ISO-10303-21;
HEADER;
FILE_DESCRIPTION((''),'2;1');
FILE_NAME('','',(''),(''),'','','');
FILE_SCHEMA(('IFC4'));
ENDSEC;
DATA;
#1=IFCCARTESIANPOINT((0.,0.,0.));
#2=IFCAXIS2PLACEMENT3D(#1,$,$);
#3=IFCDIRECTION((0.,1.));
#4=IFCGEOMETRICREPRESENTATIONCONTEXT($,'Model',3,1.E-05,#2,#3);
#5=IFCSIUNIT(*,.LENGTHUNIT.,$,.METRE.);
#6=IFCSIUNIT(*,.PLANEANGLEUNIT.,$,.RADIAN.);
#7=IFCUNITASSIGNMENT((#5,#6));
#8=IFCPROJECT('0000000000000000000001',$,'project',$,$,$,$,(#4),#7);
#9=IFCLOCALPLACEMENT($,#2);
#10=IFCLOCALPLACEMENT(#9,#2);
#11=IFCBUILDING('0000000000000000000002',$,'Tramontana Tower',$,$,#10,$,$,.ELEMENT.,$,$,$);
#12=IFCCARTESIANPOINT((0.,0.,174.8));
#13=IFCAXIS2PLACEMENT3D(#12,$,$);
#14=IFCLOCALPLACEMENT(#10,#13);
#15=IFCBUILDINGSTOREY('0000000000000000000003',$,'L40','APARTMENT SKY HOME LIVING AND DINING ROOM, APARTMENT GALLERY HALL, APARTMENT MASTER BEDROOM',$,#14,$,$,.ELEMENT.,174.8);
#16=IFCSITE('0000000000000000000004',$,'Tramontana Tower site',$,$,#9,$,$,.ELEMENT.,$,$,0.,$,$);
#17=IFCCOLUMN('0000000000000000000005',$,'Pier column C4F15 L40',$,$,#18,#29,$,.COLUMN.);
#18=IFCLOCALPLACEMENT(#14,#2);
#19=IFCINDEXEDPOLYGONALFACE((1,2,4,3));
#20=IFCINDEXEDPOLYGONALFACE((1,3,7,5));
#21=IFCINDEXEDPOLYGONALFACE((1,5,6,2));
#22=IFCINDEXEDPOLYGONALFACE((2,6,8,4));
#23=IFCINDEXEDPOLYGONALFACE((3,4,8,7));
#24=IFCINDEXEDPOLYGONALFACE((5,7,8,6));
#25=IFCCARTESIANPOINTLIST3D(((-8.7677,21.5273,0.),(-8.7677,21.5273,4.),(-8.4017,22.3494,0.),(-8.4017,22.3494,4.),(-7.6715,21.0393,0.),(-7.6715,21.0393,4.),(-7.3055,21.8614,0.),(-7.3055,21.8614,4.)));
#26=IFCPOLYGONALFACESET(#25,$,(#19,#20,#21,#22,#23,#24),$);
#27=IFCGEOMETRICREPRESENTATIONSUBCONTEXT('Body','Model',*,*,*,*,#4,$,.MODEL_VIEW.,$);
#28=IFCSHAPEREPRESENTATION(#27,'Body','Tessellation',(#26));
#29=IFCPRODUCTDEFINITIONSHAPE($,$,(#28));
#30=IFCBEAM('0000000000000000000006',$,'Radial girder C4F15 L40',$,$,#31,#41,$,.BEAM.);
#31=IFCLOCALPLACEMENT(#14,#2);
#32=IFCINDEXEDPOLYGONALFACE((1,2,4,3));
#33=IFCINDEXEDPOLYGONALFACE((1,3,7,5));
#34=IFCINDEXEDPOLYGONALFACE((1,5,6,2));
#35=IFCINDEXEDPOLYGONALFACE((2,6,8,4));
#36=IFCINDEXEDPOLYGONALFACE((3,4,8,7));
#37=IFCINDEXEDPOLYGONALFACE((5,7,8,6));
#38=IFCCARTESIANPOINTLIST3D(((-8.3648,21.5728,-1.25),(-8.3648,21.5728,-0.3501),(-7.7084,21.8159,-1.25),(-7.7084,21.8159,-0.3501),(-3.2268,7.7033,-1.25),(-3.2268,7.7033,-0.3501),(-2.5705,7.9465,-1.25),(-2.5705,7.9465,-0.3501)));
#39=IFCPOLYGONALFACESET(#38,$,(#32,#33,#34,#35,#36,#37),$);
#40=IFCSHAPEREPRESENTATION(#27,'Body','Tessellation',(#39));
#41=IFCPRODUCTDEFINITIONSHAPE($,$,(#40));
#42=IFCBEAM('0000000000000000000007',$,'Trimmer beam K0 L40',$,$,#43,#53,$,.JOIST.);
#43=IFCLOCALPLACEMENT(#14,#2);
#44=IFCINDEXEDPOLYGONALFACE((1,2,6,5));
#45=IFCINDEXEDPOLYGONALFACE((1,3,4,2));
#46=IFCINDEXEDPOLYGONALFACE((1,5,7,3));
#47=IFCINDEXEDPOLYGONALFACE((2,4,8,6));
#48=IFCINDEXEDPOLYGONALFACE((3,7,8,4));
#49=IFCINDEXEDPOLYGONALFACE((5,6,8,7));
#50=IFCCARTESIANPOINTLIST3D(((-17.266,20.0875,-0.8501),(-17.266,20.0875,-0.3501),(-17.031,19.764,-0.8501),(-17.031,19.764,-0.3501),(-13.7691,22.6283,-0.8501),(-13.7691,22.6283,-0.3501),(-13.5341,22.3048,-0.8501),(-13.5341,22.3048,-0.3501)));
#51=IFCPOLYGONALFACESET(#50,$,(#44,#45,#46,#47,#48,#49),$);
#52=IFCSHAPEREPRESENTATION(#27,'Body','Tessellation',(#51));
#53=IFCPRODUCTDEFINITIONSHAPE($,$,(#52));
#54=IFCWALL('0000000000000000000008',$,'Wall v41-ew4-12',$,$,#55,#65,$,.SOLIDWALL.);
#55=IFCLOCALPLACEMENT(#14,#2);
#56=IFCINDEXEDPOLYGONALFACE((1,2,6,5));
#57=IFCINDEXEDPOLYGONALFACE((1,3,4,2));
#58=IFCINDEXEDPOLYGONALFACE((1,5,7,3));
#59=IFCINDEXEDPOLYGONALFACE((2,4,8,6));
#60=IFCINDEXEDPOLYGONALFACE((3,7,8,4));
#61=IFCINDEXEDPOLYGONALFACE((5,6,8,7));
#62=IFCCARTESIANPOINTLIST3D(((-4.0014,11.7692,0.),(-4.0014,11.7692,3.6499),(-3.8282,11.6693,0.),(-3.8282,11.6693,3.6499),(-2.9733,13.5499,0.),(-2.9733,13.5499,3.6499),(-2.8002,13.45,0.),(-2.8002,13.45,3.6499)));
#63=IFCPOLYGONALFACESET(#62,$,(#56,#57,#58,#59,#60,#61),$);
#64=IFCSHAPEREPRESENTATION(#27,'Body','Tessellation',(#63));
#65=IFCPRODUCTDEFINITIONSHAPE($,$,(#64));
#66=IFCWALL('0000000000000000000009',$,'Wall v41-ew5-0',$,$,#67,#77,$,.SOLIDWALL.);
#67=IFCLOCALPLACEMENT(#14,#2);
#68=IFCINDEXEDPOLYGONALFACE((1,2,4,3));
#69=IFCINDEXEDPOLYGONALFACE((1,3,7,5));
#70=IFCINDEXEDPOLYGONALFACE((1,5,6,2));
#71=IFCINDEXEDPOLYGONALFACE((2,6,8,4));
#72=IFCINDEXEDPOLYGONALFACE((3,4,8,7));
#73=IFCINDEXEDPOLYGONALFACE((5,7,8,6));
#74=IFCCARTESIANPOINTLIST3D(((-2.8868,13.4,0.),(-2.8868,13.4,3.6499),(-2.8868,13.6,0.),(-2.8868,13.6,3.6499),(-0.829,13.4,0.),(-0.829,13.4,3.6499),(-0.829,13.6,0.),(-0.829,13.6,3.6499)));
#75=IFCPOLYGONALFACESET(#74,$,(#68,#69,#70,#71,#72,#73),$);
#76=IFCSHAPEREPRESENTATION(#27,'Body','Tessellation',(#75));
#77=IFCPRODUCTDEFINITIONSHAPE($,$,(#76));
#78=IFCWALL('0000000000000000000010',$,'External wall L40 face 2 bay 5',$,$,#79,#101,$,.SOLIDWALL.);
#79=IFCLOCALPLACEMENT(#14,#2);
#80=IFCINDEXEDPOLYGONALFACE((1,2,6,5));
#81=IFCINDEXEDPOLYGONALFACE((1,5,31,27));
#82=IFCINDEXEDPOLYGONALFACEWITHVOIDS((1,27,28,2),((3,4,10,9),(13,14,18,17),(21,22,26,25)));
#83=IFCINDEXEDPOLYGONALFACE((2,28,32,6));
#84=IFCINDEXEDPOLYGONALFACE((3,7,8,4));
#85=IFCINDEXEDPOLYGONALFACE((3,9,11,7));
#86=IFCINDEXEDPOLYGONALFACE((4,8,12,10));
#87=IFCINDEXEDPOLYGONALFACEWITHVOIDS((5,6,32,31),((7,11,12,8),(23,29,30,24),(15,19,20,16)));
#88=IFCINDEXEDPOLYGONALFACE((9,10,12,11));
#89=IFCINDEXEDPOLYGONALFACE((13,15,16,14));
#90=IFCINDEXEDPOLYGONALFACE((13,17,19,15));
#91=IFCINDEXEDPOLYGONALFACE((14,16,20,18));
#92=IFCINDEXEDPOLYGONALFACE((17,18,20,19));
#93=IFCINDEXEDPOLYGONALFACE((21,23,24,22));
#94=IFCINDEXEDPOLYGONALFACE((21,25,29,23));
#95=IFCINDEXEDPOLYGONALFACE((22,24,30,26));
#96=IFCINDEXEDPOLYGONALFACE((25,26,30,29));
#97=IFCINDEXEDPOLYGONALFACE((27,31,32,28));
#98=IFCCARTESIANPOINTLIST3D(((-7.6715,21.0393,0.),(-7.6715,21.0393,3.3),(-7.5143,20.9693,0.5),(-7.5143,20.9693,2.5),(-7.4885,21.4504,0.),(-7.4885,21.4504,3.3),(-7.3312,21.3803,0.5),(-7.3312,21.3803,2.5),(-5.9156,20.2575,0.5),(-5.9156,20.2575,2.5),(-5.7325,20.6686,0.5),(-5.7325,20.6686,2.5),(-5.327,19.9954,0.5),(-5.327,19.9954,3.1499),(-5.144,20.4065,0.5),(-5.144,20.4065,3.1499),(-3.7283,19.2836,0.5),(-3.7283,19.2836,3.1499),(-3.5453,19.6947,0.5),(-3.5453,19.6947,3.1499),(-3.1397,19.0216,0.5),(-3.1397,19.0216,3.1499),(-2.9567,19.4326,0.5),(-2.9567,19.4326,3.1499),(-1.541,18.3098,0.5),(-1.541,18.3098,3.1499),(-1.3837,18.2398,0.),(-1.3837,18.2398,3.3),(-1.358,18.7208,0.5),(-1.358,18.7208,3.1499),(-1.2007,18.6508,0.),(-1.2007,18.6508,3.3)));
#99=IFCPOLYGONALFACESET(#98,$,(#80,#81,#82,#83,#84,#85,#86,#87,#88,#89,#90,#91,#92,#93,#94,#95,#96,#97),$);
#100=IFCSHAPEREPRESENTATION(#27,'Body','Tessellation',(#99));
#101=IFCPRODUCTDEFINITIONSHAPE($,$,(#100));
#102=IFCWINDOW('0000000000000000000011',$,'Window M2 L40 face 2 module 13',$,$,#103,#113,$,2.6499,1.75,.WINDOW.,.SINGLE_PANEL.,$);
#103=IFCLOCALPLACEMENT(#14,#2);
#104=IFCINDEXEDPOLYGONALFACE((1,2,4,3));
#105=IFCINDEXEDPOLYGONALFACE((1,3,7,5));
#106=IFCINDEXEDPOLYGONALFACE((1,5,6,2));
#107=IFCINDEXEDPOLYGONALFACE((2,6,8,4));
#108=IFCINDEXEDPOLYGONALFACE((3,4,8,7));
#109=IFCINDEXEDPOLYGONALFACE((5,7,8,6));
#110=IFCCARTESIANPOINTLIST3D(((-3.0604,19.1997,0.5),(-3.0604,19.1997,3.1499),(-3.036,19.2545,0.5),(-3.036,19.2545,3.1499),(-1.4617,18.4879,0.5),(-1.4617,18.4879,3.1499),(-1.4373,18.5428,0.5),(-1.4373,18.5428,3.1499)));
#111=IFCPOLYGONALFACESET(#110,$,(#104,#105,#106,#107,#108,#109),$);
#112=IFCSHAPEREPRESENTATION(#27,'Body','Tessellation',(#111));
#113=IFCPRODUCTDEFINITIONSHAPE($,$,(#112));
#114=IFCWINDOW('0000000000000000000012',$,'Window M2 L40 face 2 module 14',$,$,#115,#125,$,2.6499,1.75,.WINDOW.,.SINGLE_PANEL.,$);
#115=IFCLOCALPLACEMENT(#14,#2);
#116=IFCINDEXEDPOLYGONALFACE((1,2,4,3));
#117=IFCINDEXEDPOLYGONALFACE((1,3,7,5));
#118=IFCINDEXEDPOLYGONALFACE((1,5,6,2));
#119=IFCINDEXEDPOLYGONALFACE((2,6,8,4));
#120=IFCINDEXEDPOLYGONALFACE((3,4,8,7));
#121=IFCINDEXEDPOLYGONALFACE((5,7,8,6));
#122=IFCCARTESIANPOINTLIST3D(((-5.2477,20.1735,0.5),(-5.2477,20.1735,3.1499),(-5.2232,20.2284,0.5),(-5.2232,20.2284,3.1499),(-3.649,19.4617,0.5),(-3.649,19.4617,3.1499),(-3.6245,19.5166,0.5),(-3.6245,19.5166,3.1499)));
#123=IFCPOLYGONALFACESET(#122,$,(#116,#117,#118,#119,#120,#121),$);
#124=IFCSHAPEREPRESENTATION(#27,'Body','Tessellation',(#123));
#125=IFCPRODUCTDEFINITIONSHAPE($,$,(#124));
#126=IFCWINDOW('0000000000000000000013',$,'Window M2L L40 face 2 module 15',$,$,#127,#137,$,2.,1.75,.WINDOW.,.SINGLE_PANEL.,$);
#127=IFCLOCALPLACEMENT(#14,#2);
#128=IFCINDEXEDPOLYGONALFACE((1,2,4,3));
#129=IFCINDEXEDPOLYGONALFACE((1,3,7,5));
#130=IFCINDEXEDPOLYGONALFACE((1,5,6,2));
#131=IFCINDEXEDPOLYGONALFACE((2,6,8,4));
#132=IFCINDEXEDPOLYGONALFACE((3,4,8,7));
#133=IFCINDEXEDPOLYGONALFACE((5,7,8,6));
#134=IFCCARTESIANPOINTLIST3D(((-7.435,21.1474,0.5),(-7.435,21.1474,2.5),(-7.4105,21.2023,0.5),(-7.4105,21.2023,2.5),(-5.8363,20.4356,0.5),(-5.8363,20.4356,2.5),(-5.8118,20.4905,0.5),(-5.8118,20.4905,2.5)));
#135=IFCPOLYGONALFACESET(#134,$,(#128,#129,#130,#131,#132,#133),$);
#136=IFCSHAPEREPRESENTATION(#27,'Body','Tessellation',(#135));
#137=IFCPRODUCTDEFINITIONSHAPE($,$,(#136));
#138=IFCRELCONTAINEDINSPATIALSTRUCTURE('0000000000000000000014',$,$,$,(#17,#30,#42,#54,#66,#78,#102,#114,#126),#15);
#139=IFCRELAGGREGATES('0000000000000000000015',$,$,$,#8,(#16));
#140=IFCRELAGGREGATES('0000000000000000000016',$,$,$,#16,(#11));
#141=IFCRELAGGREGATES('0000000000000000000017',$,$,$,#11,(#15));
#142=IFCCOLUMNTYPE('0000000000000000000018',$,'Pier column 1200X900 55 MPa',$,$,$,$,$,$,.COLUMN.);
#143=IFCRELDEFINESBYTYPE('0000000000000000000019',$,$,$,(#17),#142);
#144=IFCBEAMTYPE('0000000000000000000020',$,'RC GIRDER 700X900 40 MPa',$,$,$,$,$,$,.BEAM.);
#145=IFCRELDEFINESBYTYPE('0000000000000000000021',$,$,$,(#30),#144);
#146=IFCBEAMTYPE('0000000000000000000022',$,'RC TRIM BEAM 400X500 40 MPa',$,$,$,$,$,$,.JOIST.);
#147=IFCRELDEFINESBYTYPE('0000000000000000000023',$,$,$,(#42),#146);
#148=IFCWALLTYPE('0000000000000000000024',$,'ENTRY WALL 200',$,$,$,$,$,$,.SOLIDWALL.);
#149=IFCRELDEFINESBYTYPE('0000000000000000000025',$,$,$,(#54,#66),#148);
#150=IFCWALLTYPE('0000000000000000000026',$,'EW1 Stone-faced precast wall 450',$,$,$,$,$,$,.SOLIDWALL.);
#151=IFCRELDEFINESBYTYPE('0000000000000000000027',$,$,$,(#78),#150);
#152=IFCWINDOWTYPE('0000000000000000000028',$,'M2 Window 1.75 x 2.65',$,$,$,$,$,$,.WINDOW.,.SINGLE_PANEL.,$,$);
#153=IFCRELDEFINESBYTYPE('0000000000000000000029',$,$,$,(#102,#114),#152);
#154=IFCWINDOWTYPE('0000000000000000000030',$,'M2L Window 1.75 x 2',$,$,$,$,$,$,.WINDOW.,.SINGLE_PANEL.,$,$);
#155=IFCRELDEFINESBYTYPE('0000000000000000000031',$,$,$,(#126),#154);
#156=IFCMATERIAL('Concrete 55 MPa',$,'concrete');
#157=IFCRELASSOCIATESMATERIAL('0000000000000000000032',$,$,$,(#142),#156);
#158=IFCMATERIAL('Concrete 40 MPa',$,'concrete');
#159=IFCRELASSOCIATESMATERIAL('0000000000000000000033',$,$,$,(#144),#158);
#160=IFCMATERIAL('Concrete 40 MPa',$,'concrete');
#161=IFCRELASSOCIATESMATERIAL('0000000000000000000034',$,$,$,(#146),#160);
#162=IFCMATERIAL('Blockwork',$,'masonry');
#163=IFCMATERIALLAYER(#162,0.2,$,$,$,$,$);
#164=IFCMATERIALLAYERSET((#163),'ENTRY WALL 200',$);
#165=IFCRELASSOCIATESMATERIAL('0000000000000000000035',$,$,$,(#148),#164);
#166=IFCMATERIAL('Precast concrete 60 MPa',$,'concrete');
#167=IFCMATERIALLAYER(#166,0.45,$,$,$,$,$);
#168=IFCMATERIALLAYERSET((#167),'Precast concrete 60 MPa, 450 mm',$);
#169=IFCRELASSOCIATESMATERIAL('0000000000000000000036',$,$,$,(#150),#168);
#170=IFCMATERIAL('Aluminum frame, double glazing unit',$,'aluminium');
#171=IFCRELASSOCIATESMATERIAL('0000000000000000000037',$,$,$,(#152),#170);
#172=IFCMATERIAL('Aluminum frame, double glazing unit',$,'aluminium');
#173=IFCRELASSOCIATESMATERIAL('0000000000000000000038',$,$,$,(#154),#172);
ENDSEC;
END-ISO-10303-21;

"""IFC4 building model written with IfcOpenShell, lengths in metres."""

from ifc_helpers import new_model, si_unit, direction, frame, frame_2d, origin, origin_2d, place, context, subcontext, project, spatial, rectangle, extrude, material, layer, layer_set, material_profile, profile_set, type_object, element, fill, save


model = new_model("IFC4")

# Units and contexts
model_context = context("Model", 3, precision=1e-05, world=origin(), true_north=direction((0.0, 1.0)))
body_context = subcontext(model_context, "Body", "Model", "MODEL_VIEW")
ifc_project = project(units=[si_unit("LENGTHUNIT", "METRE"), si_unit("PLANEANGLEUNIT", "RADIAN")], contexts=[model_context])

# Site, building, storey
site_placement = place(None, origin())
site = spatial("IfcSite", under=ifc_project, at=site_placement, Name="Tramontana Tower site", CompositionType="ELEMENT", RefElevation=0.0)
building_placement = place(site_placement, origin())
building = spatial("IfcBuilding", under=site, at=building_placement, Name="Tramontana Tower", CompositionType="ELEMENT")
storey_placement = place(building_placement, frame((0.0, 0.0, 174.8)))
storey = spatial("IfcBuildingStorey", under=building, at=storey_placement, Name="L40", Description="APARTMENT SKY HOME LIVING AND DINING ROOM, APARTMENT GALLERY HALL, APARTMENT MASTER BEDROOM", CompositionType="ELEMENT", Elevation=174.8)

# Column
ifc_material_1 = material(Name="Concrete 55 MPa", Category="concrete")
ifc_material_profile_1 = material_profile(ifc_material_1, rectangle(XDim=1.2, YDim=0.8999, at=origin_2d()), Name="Pier column 1200X900 55 MPa")
ifc_profile_set_1 = profile_set([ifc_material_profile_1], Name="Concrete 55 MPa")
column_type = type_object("IfcColumnType", Name="Pier column 1200X900 55 MPa", PredefinedType="COLUMN", material=ifc_profile_set_1)
column_placement = place(storey_placement, frame((-8.0366, 21.6943, 0.0), z_axis=(0.0, 0.0, 1.0), x_axis=(-0.913545, 0.406737, 0.0)))
element("IfcColumn", 1, at=column_placement, inside=storey, type_object=column_type, Name="Pier column C4F15 L40", PredefinedType="COLUMN", context=body_context, shape_type="SweptSolid", body=[
    extrude(rectangle(XDim=1.2, YDim=0.8999, at=origin_2d()), origin(), (0.0, 0.0, 1.0), 4.0),
])

# Beams
ifc_material_2 = material(Name="Concrete 40 MPa", Category="concrete")
ifc_material_profile_2 = material_profile(ifc_material_2, rectangle(XDim=0.7, YDim=0.8999, at=origin_2d()), Name="RC GIRDER 700X900 40 MPa")
ifc_profile_set_2 = profile_set([ifc_material_profile_2], Name="Concrete 40 MPa")
beam_type_1 = type_object("IfcBeamType", Name="RC GIRDER 700X900 40 MPa", PredefinedType="BEAM", material=ifc_profile_set_2)
beam_1_placement = place(storey_placement, frame((-8.0366, 21.6943, -0.8), z_axis=(0.347382, -0.937724, 0.0), x_axis=(0.937724, 0.347382, 0.0)))
element("IfcBeam", 2, at=beam_1_placement, inside=storey, type_object=beam_type_1, Name="Radial girder C4F15 L40", PredefinedType="BEAM", context=body_context, shape_type="SweptSolid", body=[
    extrude(rectangle(XDim=0.7, YDim=0.8999, at=origin_2d()), origin(), (0.0, 0.0, 1.0), 14.7905),
])
ifc_material_3 = material(Name="Concrete 40 MPa", Category="concrete")
ifc_material_profile_3 = material_profile(ifc_material_3, rectangle(XDim=0.3999, YDim=0.5, at=origin_2d()), Name="RC TRIM BEAM 400X500 40 MPa")
ifc_profile_set_3 = profile_set([ifc_material_profile_3], Name="Concrete 40 MPa")
beam_type_2 = type_object("IfcBeamType", Name="RC TRIM BEAM 400X500 40 MPa", PredefinedType="JOIST", material=ifc_profile_set_3)
beam_2_placement = place(storey_placement, frame((-13.6516, 22.4666, -0.6001), z_axis=(-0.808997, -0.587812, 0.0), x_axis=(0.587812, -0.808997, 0.0)))
element("IfcBeam", 3, at=beam_2_placement, inside=storey, type_object=beam_type_2, Name="Trimmer beam K0 L40", PredefinedType="JOIST", context=body_context, shape_type="SweptSolid", body=[
    extrude(rectangle(XDim=0.3999, YDim=0.5, at=origin_2d()), origin(), (0.0, 0.0, 1.0), 4.3225),
])

# Walls
ifc_material_4 = material(Name="Blockwork", Category="masonry")
ifc_layer_1 = layer(ifc_material_4, 0.2)
ifc_layer_set_1 = layer_set([ifc_layer_1], Name="ENTRY WALL 200")
wall_type_1 = type_object("IfcWallType", Name="ENTRY WALL 200", PredefinedType="SOLIDWALL", material=ifc_layer_set_1)
wall_1_placement = place(storey_placement, frame((-3.9148, 11.7192, 0.0), z_axis=(0.0, 0.0, 1.0), x_axis=(0.499983, 0.866035, 0.0)))
element("IfcWall", 4, at=wall_1_placement, inside=storey, type_object=wall_type_1, Name="Wall v41-ew4-12", PredefinedType="SOLIDWALL", context=body_context, shape_type="SweptSolid", body=[
    extrude(rectangle(XDim=2.0562, YDim=0.2, at=frame_2d((1.0281, 0.0))), origin(), (0.0, 0.0, 1.0), 3.6499),
])
wall_2_placement = place(storey_placement, frame((-2.8867, 13.5, 0.0), z_axis=(0.0, 0.0, 1.0), x_axis=(1.0, 0.0, 0.0)))
element("IfcWall", 5, at=wall_2_placement, inside=storey, type_object=wall_type_1, Name="Wall v41-ew5-0", PredefinedType="SOLIDWALL", context=body_context, shape_type="SweptSolid", body=[
    extrude(rectangle(XDim=2.0579, YDim=0.2, at=frame_2d((1.0288, 0.0))), origin(), (0.0, 0.0, 1.0), 3.6499),
])

# Wall, openings, windows
ifc_material_5 = material(Name="Precast concrete 60 MPa", Category="concrete")
ifc_layer_2 = layer(ifc_material_5, 0.45)
ifc_layer_set_2 = layer_set([ifc_layer_2], Name="Precast concrete 60 MPa, 450 mm")
wall_type_2 = type_object("IfcWallType", Name="EW1 Stone-faced precast wall 450", PredefinedType="SOLIDWALL", material=ifc_layer_set_2)
wall_3_placement = place(storey_placement, frame((-1.2922, 18.4453, 0.0), z_axis=(0.0, 0.0, 1.0), x_axis=(-0.913544, 0.406741, 0.0)))
wall_3 = element("IfcWall", 6, at=wall_3_placement, inside=storey, type_object=wall_type_2, Name="External wall L40 face 2 bay 5", PredefinedType="SOLIDWALL", context=body_context, shape_type="SweptSolid", body=[
    extrude(rectangle(XDim=6.8828, YDim=0.45, at=frame_2d((3.4414, 0.0))), origin(), (0.0, 0.0, 1.0), 3.3),
])
opening_1_placement = place(wall_3_placement, frame((0.1721, 0.0, 0.5)))
opening_1 = element("IfcOpeningElement", 7, at=opening_1_placement, cuts=wall_3, PredefinedType="OPENING", context=body_context, shape_type="SweptSolid", body=[
    extrude(rectangle(XDim=1.75, YDim=2.6499, at=frame_2d((0.875, 1.325))), frame((0.0, 0.2349, 0.0), z_axis=(0.0, -1.0, 0.0), x_axis=(1.0, 0.0, 0.0)), (0.0, 0.0, 1.0), 0.47),
])
opening_2_placement = place(wall_3_placement, frame((2.5664, 0.0, 0.5)))
opening_2 = element("IfcOpeningElement", 8, at=opening_2_placement, cuts=wall_3, PredefinedType="OPENING", context=body_context, shape_type="SweptSolid", body=[
    extrude(rectangle(XDim=1.75, YDim=2.6499, at=frame_2d((0.875, 1.325))), frame((0.0, 0.2349, 0.0), z_axis=(0.0, -1.0, 0.0), x_axis=(1.0, 0.0, 0.0)), (0.0, 0.0, 1.0), 0.47),
])
opening_3_placement = place(wall_3_placement, frame((4.9607, 0.0, 0.5)))
opening_3 = element("IfcOpeningElement", 9, at=opening_3_placement, cuts=wall_3, PredefinedType="OPENING", context=body_context, shape_type="SweptSolid", body=[
    extrude(rectangle(XDim=1.75, YDim=2.0, at=frame_2d((0.875, 1.0))), frame((0.0, 0.2349, 0.0), z_axis=(0.0, -1.0, 0.0), x_axis=(1.0, 0.0, 0.0)), (0.0, 0.0, 1.0), 0.47),
])
ifc_material_6 = material(Name="Aluminum frame, double glazing unit", Category="aluminium")
window_type_1 = type_object("IfcWindowType", Name="M2 Window 1.75 x 2.65", PartitioningType="SINGLE_PANEL", PredefinedType="WINDOW", material=ifc_material_6)
window_1_placement = place(opening_1_placement, origin())
window_1 = element("IfcWindow", 10, at=window_1_placement, inside=storey, type_object=window_type_1, Name="Window M2 L40 face 2 module 13", OverallHeight=2.6499, OverallWidth=1.75, PartitioningType="SINGLE_PANEL", PredefinedType="WINDOW", context=body_context, shape_type="SweptSolid", body=[
    extrude(rectangle(XDim=1.75, YDim=2.6499, at=frame_2d((0.875, 1.325))), frame((0.0, 0.03, 0.0), z_axis=(0.0, -1.0, 0.0), x_axis=(1.0, 0.0, 0.0)), (0.0, 0.0, 1.0), 0.0601),
])
fill(opening_1, window_1)
window_2_placement = place(opening_2_placement, origin())
window_2 = element("IfcWindow", 11, at=window_2_placement, inside=storey, type_object=window_type_1, Name="Window M2 L40 face 2 module 14", OverallHeight=2.6499, OverallWidth=1.75, PartitioningType="SINGLE_PANEL", PredefinedType="WINDOW", context=body_context, shape_type="SweptSolid", body=[
    extrude(rectangle(XDim=1.75, YDim=2.6499, at=frame_2d((0.875, 1.325))), frame((0.0, 0.03, 0.0), z_axis=(0.0, -1.0, 0.0), x_axis=(1.0, 0.0, 0.0)), (0.0, 0.0, 1.0), 0.0601),
])
fill(opening_2, window_2)
ifc_material_7 = material(Name="Aluminum frame, double glazing unit", Category="aluminium")
window_type_2 = type_object("IfcWindowType", Name="M2L Window 1.75 x 2", PartitioningType="SINGLE_PANEL", PredefinedType="WINDOW", material=ifc_material_7)
window_3_placement = place(opening_3_placement, origin())
window_3 = element("IfcWindow", 12, at=window_3_placement, inside=storey, type_object=window_type_2, Name="Window M2L L40 face 2 module 15", OverallHeight=2.0, OverallWidth=1.75, PartitioningType="SINGLE_PANEL", PredefinedType="WINDOW", context=body_context, shape_type="SweptSolid", body=[
    extrude(rectangle(XDim=1.75, YDim=2.0, at=frame_2d((0.875, 1.0))), frame((0.0, 0.03, 0.0), z_axis=(0.0, -1.0, 0.0), x_axis=(1.0, 0.0, 0.0)), (0.0, 0.0, 1.0), 0.0601),
])
fill(opening_3, window_3)

save(model, "model.ifc")
